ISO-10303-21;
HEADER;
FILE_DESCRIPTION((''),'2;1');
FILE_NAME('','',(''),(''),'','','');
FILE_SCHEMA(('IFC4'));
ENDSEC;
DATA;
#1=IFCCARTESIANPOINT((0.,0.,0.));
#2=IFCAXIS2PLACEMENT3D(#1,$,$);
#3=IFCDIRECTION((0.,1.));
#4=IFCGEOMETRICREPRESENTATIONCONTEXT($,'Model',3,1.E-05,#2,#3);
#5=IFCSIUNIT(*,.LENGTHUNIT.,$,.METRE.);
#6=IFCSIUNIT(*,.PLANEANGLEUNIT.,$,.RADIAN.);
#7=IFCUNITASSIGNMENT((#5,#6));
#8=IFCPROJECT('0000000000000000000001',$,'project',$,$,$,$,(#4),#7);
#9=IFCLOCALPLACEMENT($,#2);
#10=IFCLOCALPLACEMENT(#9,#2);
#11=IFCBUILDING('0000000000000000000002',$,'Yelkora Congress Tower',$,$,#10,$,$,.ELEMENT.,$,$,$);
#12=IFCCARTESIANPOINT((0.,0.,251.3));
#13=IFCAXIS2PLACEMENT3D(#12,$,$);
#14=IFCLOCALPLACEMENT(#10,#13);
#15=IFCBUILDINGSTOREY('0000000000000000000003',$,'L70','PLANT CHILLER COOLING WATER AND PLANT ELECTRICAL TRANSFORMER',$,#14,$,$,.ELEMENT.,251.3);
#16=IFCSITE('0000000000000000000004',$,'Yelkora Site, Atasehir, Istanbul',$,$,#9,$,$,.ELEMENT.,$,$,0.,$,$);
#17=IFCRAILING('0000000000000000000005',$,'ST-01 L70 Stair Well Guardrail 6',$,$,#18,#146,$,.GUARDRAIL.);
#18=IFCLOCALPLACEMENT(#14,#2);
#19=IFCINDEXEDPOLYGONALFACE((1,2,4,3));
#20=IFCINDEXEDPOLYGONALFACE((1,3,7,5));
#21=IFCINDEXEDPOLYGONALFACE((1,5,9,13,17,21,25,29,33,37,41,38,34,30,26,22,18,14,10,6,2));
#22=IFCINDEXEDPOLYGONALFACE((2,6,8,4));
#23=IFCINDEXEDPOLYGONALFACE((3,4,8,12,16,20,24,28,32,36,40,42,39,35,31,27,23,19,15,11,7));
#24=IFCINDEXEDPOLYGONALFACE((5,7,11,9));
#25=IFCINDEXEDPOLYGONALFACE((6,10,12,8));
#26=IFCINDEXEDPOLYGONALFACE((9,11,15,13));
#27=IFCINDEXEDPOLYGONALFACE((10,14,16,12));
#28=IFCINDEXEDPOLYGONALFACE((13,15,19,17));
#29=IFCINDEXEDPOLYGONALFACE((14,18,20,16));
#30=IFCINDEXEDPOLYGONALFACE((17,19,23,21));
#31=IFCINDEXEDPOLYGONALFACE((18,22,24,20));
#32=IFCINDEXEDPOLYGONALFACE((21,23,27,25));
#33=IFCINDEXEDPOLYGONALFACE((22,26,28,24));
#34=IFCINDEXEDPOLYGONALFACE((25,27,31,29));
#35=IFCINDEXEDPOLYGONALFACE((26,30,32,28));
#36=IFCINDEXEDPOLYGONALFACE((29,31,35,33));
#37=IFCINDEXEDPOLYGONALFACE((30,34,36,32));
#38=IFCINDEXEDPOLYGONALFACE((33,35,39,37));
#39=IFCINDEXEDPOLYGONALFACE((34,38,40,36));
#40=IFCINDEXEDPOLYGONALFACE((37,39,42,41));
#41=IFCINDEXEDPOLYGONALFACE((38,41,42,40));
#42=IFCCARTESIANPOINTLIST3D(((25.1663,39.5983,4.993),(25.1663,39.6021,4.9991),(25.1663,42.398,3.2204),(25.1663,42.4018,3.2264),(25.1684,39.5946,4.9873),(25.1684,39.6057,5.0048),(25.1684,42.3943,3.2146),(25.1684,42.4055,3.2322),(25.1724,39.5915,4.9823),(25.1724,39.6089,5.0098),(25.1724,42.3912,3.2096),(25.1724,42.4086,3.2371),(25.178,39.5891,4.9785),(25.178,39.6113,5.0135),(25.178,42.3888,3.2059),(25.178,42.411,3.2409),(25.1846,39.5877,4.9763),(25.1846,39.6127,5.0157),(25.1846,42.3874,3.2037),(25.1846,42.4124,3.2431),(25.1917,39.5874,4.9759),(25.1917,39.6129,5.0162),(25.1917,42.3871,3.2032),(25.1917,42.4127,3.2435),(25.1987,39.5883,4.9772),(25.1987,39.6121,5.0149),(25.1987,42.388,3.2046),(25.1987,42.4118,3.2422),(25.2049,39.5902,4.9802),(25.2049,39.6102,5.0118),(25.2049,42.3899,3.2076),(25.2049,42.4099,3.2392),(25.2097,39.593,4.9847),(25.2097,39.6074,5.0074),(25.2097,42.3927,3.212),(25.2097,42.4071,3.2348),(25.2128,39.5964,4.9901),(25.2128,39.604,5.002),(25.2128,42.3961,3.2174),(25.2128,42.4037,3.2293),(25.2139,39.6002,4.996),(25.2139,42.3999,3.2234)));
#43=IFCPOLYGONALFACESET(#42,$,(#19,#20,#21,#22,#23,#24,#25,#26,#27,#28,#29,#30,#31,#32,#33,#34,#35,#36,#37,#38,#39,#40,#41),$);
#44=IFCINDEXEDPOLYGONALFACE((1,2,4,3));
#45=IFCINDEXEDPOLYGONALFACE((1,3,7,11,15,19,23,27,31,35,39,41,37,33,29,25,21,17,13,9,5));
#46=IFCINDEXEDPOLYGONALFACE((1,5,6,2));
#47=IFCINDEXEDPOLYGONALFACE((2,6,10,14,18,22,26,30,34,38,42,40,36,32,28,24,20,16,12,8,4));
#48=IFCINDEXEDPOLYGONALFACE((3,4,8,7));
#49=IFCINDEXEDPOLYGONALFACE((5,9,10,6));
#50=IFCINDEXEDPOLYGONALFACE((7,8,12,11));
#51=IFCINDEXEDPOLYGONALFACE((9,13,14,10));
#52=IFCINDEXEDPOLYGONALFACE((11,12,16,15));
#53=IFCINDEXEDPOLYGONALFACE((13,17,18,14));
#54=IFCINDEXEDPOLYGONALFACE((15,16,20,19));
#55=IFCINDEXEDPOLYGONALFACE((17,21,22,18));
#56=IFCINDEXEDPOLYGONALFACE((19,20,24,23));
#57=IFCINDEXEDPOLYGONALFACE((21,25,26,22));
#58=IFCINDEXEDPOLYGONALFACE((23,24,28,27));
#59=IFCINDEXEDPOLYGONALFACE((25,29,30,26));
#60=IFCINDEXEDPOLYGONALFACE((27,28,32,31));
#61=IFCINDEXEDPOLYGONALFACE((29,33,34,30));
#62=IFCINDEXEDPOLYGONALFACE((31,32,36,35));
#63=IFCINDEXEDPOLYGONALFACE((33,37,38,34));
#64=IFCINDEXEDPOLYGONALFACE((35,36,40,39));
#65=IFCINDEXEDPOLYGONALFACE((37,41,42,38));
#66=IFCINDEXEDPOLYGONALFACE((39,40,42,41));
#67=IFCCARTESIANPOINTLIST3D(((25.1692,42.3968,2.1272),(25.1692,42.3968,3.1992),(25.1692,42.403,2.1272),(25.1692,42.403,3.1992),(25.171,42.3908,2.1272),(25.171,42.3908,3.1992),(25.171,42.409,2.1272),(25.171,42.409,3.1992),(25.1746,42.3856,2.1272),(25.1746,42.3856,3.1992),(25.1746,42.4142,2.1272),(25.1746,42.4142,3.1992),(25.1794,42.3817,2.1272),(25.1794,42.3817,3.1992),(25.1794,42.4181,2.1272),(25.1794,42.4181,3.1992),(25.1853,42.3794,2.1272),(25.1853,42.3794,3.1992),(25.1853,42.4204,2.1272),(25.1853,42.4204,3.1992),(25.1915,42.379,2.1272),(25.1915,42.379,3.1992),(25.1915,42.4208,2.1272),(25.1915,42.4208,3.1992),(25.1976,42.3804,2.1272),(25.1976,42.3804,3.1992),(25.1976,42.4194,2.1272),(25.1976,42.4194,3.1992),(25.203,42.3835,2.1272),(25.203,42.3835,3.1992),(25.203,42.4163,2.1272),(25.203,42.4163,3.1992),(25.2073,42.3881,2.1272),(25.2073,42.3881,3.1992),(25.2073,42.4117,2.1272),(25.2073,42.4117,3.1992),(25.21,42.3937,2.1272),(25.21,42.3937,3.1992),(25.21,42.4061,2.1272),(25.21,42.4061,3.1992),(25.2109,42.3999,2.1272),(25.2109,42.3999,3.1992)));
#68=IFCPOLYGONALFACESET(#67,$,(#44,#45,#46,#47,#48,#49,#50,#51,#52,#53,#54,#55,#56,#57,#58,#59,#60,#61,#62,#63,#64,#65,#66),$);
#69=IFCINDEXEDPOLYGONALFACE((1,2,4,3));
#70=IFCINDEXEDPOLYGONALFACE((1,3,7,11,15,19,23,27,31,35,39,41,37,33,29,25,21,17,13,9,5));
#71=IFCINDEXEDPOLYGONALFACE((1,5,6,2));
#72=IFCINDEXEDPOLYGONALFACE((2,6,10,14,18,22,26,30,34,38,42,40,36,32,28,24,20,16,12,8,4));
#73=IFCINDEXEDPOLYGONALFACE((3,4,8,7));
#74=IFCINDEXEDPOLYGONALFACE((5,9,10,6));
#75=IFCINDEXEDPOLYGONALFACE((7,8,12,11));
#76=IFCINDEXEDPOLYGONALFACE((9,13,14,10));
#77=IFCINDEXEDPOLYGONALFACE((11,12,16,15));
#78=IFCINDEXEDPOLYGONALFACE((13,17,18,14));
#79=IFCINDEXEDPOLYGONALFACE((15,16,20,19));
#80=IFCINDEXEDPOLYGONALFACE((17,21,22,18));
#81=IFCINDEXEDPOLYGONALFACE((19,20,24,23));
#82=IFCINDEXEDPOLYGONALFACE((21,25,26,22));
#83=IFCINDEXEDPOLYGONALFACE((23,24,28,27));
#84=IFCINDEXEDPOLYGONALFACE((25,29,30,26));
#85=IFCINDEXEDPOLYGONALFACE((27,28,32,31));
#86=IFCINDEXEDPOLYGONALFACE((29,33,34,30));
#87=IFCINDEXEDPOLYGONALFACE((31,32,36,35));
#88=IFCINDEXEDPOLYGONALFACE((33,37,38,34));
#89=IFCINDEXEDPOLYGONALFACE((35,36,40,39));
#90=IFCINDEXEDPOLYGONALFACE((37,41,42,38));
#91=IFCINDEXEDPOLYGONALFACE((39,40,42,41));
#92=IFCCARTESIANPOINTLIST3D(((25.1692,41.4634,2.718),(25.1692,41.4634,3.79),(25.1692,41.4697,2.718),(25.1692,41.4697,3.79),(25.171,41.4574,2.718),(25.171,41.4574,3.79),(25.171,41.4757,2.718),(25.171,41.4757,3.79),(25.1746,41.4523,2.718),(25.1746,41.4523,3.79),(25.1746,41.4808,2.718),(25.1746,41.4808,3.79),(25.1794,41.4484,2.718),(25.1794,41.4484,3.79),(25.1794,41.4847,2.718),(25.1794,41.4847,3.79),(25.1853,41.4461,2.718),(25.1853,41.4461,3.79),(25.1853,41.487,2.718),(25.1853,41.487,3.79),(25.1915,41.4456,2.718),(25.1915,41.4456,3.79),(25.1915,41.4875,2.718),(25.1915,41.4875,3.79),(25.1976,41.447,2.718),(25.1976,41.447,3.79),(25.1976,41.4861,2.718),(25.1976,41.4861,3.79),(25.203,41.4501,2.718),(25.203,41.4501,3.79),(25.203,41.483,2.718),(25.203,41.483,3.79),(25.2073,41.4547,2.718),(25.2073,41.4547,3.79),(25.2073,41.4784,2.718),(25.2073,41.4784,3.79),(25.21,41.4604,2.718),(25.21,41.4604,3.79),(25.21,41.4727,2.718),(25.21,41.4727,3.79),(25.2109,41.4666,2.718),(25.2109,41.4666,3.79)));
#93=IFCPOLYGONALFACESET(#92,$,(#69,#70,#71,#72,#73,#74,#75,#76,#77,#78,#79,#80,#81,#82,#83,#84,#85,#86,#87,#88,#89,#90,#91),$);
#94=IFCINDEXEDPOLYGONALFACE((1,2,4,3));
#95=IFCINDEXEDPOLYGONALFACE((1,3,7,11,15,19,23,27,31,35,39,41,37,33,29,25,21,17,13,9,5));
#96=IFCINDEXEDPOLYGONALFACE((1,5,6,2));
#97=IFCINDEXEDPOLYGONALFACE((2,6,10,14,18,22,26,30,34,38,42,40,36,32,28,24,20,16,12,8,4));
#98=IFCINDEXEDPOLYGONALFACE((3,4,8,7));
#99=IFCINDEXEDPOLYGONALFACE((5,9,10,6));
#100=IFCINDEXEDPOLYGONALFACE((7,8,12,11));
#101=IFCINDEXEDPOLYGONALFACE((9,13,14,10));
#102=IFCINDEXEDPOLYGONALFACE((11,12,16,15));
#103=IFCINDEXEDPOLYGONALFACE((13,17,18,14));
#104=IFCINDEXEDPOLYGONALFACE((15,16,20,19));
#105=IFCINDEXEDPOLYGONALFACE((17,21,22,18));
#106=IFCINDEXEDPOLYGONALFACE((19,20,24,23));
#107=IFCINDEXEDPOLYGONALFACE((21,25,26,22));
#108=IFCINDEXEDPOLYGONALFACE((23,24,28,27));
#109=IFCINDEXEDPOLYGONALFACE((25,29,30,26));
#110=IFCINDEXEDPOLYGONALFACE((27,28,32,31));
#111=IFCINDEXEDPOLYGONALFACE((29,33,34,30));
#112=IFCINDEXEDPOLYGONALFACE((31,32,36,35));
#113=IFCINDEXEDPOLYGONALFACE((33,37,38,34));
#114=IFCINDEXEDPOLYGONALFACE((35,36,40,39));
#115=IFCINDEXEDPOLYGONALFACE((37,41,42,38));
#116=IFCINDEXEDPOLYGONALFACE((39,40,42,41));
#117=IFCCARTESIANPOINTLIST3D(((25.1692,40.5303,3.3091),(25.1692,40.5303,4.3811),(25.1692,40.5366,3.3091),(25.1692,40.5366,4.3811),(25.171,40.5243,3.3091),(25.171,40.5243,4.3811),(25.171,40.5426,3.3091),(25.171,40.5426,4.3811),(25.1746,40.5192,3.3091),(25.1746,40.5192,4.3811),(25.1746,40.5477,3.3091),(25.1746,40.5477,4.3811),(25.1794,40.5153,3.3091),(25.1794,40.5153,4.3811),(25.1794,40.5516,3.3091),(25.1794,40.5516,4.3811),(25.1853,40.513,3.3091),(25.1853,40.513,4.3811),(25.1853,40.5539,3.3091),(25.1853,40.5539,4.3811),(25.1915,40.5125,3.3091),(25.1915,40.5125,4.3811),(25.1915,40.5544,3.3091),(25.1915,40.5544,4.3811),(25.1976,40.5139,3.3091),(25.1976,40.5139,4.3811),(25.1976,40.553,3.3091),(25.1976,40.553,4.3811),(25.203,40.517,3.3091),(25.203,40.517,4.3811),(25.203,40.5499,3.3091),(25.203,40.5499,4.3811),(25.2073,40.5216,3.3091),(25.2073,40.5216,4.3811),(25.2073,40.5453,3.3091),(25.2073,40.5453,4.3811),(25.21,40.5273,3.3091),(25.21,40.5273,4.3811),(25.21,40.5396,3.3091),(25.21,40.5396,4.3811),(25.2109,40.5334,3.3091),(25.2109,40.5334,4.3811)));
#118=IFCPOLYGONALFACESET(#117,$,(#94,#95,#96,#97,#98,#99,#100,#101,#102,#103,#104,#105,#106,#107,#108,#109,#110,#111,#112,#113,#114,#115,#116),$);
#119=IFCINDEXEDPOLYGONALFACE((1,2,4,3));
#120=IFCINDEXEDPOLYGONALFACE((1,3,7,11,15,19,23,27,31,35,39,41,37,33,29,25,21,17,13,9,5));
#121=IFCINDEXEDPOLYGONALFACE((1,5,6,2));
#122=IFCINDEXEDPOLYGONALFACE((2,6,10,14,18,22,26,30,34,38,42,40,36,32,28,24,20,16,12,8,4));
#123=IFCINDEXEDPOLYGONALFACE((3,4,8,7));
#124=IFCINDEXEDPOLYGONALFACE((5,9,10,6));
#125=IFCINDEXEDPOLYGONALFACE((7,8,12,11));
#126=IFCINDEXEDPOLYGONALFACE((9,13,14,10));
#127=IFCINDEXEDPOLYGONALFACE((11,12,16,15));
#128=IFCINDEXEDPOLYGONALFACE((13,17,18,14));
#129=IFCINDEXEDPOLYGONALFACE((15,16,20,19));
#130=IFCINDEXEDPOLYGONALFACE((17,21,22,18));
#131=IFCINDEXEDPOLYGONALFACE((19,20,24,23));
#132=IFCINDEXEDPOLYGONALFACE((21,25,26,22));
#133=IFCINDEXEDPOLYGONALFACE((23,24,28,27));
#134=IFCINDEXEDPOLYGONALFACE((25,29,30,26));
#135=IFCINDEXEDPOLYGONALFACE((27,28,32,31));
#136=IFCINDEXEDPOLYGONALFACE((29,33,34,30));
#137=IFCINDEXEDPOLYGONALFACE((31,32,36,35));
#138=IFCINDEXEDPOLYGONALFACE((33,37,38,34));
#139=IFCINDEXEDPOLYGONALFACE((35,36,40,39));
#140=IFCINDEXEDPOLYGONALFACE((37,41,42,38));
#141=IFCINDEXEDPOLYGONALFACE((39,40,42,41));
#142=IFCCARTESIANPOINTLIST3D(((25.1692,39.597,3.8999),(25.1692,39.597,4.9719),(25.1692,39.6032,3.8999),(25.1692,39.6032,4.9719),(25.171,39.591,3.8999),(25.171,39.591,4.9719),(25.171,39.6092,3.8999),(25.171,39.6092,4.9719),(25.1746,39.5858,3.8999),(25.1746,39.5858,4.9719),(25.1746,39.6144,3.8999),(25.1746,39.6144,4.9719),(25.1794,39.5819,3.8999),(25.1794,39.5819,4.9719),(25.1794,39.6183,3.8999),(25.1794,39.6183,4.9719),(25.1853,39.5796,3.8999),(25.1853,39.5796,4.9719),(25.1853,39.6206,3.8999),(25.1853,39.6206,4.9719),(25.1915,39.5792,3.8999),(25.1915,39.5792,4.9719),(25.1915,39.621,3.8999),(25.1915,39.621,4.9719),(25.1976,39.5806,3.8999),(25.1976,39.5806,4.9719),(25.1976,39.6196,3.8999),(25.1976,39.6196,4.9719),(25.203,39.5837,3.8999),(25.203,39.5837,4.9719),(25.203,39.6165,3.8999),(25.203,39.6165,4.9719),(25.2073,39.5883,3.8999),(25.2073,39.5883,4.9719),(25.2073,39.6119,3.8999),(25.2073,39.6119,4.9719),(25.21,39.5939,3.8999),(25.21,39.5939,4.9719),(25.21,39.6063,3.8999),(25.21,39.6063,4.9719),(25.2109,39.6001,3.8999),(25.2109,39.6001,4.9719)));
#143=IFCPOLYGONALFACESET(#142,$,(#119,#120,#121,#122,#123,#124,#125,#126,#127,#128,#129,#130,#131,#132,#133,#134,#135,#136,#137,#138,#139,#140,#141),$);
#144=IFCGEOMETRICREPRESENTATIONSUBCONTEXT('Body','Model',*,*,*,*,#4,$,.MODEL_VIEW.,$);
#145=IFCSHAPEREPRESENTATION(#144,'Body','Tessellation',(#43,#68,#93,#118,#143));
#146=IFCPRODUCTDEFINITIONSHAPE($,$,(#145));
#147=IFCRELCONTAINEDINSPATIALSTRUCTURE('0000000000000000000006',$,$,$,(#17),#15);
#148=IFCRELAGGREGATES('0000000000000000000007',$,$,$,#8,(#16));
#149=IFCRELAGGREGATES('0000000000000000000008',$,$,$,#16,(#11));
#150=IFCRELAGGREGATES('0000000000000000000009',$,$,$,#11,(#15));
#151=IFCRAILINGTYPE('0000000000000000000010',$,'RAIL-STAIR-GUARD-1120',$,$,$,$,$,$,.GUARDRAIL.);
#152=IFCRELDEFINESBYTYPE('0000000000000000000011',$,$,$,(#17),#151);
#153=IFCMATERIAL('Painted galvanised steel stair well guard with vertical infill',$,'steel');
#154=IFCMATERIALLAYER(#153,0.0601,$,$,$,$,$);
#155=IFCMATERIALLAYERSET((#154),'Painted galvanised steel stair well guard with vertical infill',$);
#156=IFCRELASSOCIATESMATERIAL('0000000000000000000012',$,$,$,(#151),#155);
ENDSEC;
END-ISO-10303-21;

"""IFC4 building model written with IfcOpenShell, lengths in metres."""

from ifc_helpers import new_model, si_unit, direction, frame, origin, origin_2d, place, context, subcontext, project, spatial, circle, extrude, material, layer, layer_set, type_object, element, save


model = new_model("IFC4")

# Units and contexts
model_context = context("Model", 3, precision=1e-05, world=origin(), true_north=direction((0.0, 1.0)))
body_context = subcontext(model_context, "Body", "Model", "MODEL_VIEW")
ifc_project = project(units=[si_unit("LENGTHUNIT", "METRE"), si_unit("PLANEANGLEUNIT", "RADIAN")], contexts=[model_context])

# Site, building, storey
site_placement = place(None, origin())
site = spatial("IfcSite", under=ifc_project, at=site_placement, Name="Yelkora Site, Atasehir, Istanbul", CompositionType="ELEMENT", RefElevation=0.0)
building_placement = place(site_placement, origin())
building = spatial("IfcBuilding", under=site, at=building_placement, Name="Yelkora Congress Tower", CompositionType="ELEMENT")
storey_placement = place(building_placement, frame((0.0, 0.0, 251.3)))
storey = spatial("IfcBuildingStorey", under=building, at=storey_placement, Name="L70", Description="PLANT CHILLER COOLING WATER AND PLANT ELECTRICAL TRANSFORMER", CompositionType="ELEMENT", Elevation=251.3)

# Railing
ifc_material_1 = material(Name="Painted galvanised steel stair well guard with vertical infill", Category="steel")
ifc_layer_1 = layer(ifc_material_1, 0.0601)
ifc_layer_set_1 = layer_set([ifc_layer_1], Name="Painted galvanised steel stair well guard with vertical infill")
railing_type_1 = type_object("IfcRailingType", Name="RAIL-STAIR-GUARD-1120", PredefinedType="GUARDRAIL", material=ifc_layer_set_1)
railing_1_placement = place(storey_placement, frame((25.1899, 42.3999, 2.1272)))
element("IfcRailing", 1, at=railing_1_placement, inside=storey, type_object=railing_type_1, Name="ST-01 L70 Stair Well Guardrail 6", PredefinedType="GUARDRAIL", context=body_context, shape_type="SweptSolid", body=[
    extrude(circle(Radius=0.0239, at=origin_2d()), frame((0.0, 0.0, 1.0962), z_axis=(0.0, -0.844888, 0.534943), x_axis=(1.0, 0.0, 0.0)), (0.0, 0.0, 1.0), 3.3137),
    extrude(circle(Radius=0.021, at=origin_2d()), origin(), (0.0, 0.0, 1.0), 1.072),
    extrude(circle(Radius=0.021, at=origin_2d()), frame((0.0, -0.9333, 0.5908)), (0.0, 0.0, 1.0), 1.072),
    extrude(circle(Radius=0.021, at=origin_2d()), frame((0.0, -1.8665, 1.1819)), (0.0, 0.0, 1.0), 1.072),
    extrude(circle(Radius=0.021, at=origin_2d()), frame((0.0, -2.7998, 1.7727)), (0.0, 0.0, 1.0), 1.072),
])

save(model, "model.ifc")
